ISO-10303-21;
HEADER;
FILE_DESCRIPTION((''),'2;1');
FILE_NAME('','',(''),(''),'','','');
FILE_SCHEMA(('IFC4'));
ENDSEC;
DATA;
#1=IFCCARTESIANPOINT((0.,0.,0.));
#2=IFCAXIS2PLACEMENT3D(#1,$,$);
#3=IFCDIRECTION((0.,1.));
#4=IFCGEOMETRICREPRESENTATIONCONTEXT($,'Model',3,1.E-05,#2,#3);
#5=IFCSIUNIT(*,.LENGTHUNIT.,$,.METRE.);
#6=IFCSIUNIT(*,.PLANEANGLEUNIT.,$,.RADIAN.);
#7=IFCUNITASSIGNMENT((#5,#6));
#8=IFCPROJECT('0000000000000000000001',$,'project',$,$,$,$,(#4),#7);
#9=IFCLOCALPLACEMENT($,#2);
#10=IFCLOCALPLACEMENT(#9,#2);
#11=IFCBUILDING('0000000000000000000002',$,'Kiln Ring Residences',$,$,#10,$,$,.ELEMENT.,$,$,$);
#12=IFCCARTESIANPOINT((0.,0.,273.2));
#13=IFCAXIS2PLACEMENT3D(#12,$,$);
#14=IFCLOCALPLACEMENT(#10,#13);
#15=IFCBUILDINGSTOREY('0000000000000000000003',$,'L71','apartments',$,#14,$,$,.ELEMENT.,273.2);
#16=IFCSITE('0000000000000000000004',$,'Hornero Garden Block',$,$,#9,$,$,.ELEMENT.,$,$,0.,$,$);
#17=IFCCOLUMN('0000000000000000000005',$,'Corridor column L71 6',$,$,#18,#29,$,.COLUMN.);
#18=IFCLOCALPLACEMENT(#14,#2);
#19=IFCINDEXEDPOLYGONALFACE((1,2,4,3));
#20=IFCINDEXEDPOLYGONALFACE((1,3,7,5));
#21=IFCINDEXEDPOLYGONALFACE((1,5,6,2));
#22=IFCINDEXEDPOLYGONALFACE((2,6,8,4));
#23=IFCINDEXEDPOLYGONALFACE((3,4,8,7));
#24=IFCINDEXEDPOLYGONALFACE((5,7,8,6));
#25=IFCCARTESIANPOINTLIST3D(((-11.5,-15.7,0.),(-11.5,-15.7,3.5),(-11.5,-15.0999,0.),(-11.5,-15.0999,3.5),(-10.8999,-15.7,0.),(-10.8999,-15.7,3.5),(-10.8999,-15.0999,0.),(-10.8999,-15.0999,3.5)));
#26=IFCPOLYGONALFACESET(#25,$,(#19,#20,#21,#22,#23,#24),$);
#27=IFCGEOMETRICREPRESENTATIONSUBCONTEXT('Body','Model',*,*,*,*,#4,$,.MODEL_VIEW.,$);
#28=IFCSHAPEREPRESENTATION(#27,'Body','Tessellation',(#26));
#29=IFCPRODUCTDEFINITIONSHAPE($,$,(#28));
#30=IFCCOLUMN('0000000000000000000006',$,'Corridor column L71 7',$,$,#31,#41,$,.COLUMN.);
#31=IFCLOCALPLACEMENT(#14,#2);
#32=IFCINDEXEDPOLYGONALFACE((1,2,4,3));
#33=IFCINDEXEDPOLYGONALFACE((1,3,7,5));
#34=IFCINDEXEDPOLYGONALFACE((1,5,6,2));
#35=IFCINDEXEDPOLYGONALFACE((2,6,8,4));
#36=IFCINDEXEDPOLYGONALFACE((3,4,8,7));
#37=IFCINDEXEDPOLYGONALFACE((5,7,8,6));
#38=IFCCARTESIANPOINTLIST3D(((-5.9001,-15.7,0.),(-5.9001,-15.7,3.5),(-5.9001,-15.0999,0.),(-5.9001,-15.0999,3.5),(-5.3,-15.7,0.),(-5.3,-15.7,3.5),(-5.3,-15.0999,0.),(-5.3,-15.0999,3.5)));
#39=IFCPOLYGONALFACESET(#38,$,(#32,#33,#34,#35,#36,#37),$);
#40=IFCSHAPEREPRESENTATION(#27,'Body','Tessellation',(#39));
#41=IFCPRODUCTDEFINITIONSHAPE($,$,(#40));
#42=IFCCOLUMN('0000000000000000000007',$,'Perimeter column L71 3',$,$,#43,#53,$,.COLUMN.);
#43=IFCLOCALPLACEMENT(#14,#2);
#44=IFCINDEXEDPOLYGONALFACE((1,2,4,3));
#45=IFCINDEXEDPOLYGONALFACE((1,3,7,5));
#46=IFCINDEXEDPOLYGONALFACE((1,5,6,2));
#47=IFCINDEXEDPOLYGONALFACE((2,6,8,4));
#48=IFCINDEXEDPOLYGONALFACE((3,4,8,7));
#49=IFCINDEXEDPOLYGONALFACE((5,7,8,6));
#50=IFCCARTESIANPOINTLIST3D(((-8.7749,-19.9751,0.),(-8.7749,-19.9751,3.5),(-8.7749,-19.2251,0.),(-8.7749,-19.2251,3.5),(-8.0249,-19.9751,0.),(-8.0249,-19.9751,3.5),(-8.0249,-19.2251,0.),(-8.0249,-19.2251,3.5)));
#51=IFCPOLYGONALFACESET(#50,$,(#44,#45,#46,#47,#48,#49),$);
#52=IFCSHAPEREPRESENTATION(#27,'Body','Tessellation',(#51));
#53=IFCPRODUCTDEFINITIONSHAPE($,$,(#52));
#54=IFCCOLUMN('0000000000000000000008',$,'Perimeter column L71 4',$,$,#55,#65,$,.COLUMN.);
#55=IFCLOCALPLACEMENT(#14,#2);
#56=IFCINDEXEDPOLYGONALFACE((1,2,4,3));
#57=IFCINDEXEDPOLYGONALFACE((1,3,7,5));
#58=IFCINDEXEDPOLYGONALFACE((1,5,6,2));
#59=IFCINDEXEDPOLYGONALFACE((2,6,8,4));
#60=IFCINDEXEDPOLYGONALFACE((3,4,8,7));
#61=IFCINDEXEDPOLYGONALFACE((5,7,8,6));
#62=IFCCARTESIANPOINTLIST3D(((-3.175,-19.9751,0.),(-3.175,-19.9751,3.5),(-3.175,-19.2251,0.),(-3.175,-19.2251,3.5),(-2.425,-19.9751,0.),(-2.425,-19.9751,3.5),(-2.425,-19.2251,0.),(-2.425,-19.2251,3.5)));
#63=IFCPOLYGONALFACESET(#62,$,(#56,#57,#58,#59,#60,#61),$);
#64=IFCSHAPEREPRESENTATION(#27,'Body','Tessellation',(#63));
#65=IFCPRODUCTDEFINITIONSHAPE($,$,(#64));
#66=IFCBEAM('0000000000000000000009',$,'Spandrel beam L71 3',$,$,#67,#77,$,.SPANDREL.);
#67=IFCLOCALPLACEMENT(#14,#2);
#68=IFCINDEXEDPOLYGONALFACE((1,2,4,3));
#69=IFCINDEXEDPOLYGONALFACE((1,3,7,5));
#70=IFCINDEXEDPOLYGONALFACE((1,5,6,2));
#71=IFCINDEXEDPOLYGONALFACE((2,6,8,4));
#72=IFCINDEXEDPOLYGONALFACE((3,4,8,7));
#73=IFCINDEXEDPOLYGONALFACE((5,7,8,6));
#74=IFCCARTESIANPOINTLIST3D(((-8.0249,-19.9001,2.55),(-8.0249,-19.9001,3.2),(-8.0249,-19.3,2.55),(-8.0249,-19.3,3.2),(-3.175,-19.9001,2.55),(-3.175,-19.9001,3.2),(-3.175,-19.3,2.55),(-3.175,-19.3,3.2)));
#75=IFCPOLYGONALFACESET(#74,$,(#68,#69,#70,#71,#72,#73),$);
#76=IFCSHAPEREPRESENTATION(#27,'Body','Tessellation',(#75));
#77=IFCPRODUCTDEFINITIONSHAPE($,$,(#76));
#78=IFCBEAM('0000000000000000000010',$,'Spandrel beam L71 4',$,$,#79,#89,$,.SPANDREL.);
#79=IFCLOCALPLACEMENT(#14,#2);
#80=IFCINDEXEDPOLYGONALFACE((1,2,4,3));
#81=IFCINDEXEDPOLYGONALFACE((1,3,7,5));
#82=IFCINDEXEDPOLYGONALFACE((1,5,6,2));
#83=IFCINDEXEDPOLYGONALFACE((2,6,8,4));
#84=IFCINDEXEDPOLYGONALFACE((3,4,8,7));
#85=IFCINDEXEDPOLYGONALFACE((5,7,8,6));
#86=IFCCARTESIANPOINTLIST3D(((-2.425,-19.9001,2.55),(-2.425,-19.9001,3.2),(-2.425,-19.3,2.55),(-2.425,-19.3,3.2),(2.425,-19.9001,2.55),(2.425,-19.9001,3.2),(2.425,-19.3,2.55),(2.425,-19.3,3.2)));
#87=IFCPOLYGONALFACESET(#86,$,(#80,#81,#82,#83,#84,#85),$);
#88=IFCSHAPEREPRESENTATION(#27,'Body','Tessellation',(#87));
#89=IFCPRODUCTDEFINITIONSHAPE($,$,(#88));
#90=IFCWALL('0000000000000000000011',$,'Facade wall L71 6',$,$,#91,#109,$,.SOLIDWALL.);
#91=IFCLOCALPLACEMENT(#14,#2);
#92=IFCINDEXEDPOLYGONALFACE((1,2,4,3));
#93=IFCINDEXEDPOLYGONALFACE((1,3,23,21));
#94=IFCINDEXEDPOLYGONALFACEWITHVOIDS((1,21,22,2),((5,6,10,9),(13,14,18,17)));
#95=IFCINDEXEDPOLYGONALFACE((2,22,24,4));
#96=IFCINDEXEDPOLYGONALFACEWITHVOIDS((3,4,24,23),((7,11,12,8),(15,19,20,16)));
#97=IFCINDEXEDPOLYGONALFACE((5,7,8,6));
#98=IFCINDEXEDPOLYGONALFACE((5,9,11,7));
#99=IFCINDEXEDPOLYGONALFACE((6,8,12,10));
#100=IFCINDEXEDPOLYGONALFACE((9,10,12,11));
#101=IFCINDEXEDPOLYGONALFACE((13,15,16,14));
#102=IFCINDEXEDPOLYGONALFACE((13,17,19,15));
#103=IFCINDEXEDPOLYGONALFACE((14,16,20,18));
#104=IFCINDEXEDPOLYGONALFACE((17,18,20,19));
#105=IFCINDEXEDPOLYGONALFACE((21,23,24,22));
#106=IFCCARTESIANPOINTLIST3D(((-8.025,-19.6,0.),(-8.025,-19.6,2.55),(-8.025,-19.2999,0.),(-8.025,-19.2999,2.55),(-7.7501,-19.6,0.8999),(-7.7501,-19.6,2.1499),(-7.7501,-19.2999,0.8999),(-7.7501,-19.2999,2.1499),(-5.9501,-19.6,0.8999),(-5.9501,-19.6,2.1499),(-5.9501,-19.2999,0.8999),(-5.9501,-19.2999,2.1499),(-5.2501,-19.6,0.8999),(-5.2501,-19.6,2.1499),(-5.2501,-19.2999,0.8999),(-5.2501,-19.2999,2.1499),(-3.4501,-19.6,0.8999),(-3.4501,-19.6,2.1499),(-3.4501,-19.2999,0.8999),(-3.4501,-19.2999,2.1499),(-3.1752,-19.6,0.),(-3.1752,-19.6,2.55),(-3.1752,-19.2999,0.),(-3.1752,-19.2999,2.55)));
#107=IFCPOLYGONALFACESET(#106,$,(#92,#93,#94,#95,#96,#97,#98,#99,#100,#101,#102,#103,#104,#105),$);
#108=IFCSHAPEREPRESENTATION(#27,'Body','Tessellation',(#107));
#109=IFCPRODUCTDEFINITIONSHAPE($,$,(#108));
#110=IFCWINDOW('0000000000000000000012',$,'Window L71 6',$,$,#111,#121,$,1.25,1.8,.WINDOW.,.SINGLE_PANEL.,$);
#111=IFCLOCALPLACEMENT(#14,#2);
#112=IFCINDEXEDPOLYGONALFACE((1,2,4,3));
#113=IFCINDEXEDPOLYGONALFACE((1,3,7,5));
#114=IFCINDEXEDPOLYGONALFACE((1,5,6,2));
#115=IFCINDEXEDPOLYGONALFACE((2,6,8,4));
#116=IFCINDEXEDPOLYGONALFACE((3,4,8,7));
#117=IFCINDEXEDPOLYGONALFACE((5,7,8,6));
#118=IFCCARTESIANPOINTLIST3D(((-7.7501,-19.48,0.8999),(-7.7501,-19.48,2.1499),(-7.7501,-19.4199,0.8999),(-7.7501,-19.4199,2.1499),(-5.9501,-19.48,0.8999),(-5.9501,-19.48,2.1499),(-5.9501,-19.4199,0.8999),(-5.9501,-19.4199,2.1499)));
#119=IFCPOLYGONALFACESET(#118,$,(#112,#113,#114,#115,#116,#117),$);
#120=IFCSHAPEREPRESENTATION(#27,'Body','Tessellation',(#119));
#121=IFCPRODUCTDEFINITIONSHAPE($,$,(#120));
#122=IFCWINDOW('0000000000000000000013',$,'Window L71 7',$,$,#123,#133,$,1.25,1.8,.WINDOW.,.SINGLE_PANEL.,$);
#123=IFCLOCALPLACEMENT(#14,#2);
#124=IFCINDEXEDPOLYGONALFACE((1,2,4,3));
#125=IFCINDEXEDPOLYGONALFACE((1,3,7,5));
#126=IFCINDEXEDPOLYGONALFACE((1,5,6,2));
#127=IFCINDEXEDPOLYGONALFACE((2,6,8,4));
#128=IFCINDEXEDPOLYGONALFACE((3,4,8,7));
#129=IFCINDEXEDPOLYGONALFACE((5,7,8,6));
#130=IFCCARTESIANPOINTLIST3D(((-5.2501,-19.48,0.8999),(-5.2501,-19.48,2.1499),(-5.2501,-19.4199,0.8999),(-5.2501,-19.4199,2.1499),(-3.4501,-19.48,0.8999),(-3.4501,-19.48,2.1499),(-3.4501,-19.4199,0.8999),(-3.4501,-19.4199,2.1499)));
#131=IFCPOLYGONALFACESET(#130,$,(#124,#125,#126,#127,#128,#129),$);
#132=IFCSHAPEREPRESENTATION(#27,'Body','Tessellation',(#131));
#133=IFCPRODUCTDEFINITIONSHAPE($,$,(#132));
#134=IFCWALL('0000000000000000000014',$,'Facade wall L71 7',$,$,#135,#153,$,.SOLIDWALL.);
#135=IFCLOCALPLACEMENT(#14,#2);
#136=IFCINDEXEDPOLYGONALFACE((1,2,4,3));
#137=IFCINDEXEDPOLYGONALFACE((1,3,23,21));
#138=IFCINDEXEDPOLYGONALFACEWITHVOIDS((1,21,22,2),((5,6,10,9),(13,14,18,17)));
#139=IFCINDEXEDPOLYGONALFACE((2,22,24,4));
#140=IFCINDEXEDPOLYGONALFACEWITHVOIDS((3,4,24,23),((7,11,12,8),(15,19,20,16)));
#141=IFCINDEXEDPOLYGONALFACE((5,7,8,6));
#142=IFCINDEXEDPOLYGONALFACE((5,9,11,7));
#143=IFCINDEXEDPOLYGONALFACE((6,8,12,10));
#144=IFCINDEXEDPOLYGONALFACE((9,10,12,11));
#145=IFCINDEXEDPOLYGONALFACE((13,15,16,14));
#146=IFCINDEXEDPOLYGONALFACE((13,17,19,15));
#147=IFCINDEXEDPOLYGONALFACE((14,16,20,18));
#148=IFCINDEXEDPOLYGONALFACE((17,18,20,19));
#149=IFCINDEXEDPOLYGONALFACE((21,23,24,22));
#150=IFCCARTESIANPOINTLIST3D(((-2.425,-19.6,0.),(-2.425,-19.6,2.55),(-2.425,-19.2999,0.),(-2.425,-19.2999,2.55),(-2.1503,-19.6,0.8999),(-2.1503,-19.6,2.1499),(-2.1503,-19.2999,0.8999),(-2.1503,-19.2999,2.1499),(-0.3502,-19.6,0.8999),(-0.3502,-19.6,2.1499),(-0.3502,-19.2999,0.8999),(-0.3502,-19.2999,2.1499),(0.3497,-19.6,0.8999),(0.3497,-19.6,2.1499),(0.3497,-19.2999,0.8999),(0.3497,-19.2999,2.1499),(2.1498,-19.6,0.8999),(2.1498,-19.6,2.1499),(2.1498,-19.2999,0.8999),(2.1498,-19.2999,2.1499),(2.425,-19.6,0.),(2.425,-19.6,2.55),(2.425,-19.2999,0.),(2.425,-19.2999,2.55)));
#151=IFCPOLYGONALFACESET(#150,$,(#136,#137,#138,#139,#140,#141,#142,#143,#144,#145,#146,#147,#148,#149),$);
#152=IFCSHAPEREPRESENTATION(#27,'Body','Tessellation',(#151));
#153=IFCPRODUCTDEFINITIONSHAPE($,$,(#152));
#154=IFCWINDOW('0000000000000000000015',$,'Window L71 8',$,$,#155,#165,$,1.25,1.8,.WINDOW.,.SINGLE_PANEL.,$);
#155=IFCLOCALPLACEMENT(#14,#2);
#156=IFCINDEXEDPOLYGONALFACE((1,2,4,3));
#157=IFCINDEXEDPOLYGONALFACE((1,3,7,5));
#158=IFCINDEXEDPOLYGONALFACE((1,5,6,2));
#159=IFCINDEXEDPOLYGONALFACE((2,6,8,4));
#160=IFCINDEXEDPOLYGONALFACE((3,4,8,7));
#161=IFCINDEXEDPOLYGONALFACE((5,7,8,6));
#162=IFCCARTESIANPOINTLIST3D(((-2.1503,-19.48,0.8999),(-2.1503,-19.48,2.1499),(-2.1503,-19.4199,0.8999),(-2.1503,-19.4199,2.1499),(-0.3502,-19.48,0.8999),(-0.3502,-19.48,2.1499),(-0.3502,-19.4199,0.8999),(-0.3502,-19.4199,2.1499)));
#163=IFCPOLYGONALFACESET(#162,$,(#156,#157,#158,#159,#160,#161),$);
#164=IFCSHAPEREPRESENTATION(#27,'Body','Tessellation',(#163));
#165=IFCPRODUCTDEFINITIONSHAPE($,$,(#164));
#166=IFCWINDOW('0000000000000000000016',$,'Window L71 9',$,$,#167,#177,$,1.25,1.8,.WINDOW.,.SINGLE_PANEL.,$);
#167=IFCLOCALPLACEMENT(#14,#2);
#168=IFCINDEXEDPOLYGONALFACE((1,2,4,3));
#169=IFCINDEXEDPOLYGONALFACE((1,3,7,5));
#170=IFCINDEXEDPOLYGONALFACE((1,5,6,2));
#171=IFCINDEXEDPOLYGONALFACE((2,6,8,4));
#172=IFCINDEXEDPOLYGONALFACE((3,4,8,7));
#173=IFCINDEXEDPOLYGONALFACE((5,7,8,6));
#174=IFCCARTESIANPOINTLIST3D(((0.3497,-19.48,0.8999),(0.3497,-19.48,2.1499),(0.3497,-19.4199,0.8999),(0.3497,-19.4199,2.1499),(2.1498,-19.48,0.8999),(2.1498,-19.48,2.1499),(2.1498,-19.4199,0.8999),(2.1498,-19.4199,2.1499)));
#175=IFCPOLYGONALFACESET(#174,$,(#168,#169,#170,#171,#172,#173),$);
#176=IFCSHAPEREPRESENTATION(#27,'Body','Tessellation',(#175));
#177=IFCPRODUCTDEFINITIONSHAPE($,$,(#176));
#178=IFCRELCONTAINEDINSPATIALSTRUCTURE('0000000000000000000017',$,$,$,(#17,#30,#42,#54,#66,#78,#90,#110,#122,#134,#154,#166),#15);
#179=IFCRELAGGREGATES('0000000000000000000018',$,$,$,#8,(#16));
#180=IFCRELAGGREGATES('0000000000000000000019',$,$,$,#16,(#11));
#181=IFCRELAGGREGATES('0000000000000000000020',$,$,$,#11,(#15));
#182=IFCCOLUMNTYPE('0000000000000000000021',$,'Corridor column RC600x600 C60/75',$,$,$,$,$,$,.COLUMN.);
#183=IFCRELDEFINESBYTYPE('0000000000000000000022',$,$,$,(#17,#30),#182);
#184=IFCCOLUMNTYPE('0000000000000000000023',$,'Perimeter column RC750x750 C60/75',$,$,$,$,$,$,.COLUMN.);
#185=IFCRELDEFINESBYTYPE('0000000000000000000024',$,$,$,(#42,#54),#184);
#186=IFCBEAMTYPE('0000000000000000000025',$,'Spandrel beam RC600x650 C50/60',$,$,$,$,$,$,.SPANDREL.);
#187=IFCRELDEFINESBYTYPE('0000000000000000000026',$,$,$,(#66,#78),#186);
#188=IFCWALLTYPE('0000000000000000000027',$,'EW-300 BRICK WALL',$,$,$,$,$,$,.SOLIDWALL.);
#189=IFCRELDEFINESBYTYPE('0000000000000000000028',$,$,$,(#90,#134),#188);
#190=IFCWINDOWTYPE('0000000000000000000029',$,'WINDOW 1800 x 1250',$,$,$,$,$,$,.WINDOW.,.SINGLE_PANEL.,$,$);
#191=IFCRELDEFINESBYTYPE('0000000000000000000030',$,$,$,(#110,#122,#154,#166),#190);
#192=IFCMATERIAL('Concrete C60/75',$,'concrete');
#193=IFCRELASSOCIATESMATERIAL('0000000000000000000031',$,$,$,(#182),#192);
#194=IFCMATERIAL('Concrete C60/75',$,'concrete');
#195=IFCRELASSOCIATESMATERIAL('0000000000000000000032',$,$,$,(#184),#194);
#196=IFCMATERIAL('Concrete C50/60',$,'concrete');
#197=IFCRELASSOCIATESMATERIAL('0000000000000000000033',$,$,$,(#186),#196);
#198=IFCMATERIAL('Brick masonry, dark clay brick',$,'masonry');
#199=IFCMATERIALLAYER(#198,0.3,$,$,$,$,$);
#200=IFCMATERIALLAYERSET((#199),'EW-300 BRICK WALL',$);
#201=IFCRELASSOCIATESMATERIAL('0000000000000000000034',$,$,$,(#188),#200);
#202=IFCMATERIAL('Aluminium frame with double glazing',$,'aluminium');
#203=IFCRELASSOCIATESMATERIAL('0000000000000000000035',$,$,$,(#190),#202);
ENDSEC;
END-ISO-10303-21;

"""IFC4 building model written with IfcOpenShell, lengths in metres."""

from ifc_helpers import new_model, si_unit, direction, frame, frame_2d, origin, origin_2d, place, context, subcontext, project, spatial, rectangle, extrude, material, layer, layer_set, material_profile, profile_set, type_object, element, fill, save


model = new_model("IFC4")

# Units and contexts
model_context = context("Model", 3, precision=1e-05, world=origin(), true_north=direction((0.0, 1.0)))
body_context = subcontext(model_context, "Body", "Model", "MODEL_VIEW")
ifc_project = project(units=[si_unit("LENGTHUNIT", "METRE"), si_unit("PLANEANGLEUNIT", "RADIAN")], contexts=[model_context])

# Site, building, storey
site_placement = place(None, origin())
site = spatial("IfcSite", under=ifc_project, at=site_placement, Name="Hornero Garden Block", CompositionType="ELEMENT", RefElevation=0.0)
building_placement = place(site_placement, origin())
building = spatial("IfcBuilding", under=site, at=building_placement, Name="Kiln Ring Residences", CompositionType="ELEMENT")
storey_placement = place(building_placement, frame((0.0, 0.0, 273.2)))
storey = spatial("IfcBuildingStorey", under=building, at=storey_placement, Name="L71", Description="apartments", CompositionType="ELEMENT", Elevation=273.2)

# Columns
ifc_material_1 = material(Name="Concrete C60/75", Category="concrete")
ifc_material_profile_1 = material_profile(ifc_material_1, rectangle(XDim=0.6001, YDim=0.6001, at=origin_2d()), Name="RC600x600")
ifc_profile_set_1 = profile_set([ifc_material_profile_1], Name="Concrete C60/75")
column_type_1 = type_object("IfcColumnType", Name="Corridor column RC600x600 C60/75", PredefinedType="COLUMN", material=ifc_profile_set_1)
for number, where, z_axis, x_axis, name in (
    (1, (-11.2, -15.3999, 0.0), (0.0, 0.0, 1.0), (1.0, 0.0, 0.0), "Corridor column L71 6"),
    (2, (-5.6001, -15.3999, 0.0), (0.0, 0.0, 1.0), (1.0, 0.0, 0.0), "Corridor column L71 7"),
):
    element("IfcColumn", number, at=place(storey_placement, frame(where, z_axis=z_axis, x_axis=x_axis)), inside=storey, type_object=column_type_1, Name=name, PredefinedType="COLUMN", context=body_context, shape_type="SweptSolid", body=[
        extrude(rectangle(XDim=0.6001, YDim=0.6001, at=origin_2d()), origin(), (0.0, 0.0, 1.0), 3.5),
    ])
ifc_material_2 = material(Name="Concrete C60/75", Category="concrete")
ifc_material_profile_2 = material_profile(ifc_material_2, rectangle(XDim=0.75, YDim=0.75, at=origin_2d()), Name="RC750x750")
ifc_profile_set_2 = profile_set([ifc_material_profile_2], Name="Concrete C60/75")
column_type_2 = type_object("IfcColumnType", Name="Perimeter column RC750x750 C60/75", PredefinedType="COLUMN", material=ifc_profile_set_2)
for number, where, z_axis, x_axis, name in (
    (3, (-8.3999, -19.6001, 0.0), (0.0, 0.0, 1.0), (1.0, 0.0, 0.0), "Perimeter column L71 3"),
    (4, (-2.8, -19.6001, 0.0), (0.0, 0.0, 1.0), (1.0, 0.0, 0.0), "Perimeter column L71 4"),
):
    element("IfcColumn", number, at=place(storey_placement, frame(where, z_axis=z_axis, x_axis=x_axis)), inside=storey, type_object=column_type_2, Name=name, PredefinedType="COLUMN", context=body_context, shape_type="SweptSolid", body=[
        extrude(rectangle(XDim=0.75, YDim=0.75, at=origin_2d()), origin(), (0.0, 0.0, 1.0), 3.5),
    ])

# Beams
ifc_material_3 = material(Name="Concrete C50/60", Category="concrete")
ifc_material_profile_3 = material_profile(ifc_material_3, rectangle(XDim=0.6001, YDim=0.6499, at=origin_2d()), Name="RC600x650")
ifc_profile_set_3 = profile_set([ifc_material_profile_3], Name="Concrete C50/60")
beam_type = type_object("IfcBeamType", Name="Spandrel beam RC600x650 C50/60", PredefinedType="SPANDREL", material=ifc_profile_set_3)
beam_1_placement = place(storey_placement, frame((-8.0249, -19.6001, 2.875), z_axis=(1.0, 0.0, 0.0), x_axis=(0.0, 1.0, 0.0)))
element("IfcBeam", 5, at=beam_1_placement, inside=storey, type_object=beam_type, Name="Spandrel beam L71 3", PredefinedType="SPANDREL", context=body_context, shape_type="SweptSolid", body=[
    extrude(rectangle(XDim=0.6001, YDim=0.6499, at=origin_2d()), origin(), (0.0, 0.0, 1.0), 4.8499),
])
beam_2_placement = place(storey_placement, frame((-2.425, -19.6001, 2.875), z_axis=(1.0, 0.0, 0.0), x_axis=(0.0, 1.0, 0.0)))
element("IfcBeam", 6, at=beam_2_placement, inside=storey, type_object=beam_type, Name="Spandrel beam L71 4", PredefinedType="SPANDREL", context=body_context, shape_type="SweptSolid", body=[
    extrude(rectangle(XDim=0.6001, YDim=0.6499, at=origin_2d()), origin(), (0.0, 0.0, 1.0), 4.8501),
])

# Walls, openings, windows
ifc_material_4 = material(Name="Brick masonry, dark clay brick", Category="masonry")
ifc_layer_1 = layer(ifc_material_4, 0.3)
ifc_layer_set_1 = layer_set([ifc_layer_1], Name="EW-300 BRICK WALL")
wall_type_1 = type_object("IfcWallType", Name="EW-300 BRICK WALL", PredefinedType="SOLIDWALL", material=ifc_layer_set_1)
wall_1_placement = place(storey_placement, frame((-8.0249, -19.45, 0.0), z_axis=(0.0, 0.0, 1.0), x_axis=(1.0, 0.0, 0.0)))
wall_1 = element("IfcWall", 7, at=wall_1_placement, inside=storey, type_object=wall_type_1, Name="Facade wall L71 6", PredefinedType="SOLIDWALL", context=body_context, shape_type="SweptSolid", body=[
    extrude(rectangle(XDim=4.8499, YDim=0.3, at=frame_2d((2.4248, 0.0))), origin(), (0.0, 0.0, 1.0), 2.55),
])
opening_1_placement = place(wall_1_placement, frame((0.2749, 0.0, 0.8999)))
opening_1 = element("IfcOpeningElement", 8, at=opening_1_placement, cuts=wall_1, PredefinedType="OPENING", context=body_context, shape_type="SweptSolid", body=[
    extrude(rectangle(XDim=1.8, YDim=1.25, at=frame_2d((0.8999, 0.625))), frame((0.0, 0.1599, 0.0), z_axis=(0.0, -1.0, 0.0), x_axis=(1.0, 0.0, 0.0)), (0.0, 0.0, 1.0), 0.3201),
])
opening_2_placement = place(wall_1_placement, frame((2.7749, 0.0, 0.8999)))
opening_2 = element("IfcOpeningElement", 9, at=opening_2_placement, cuts=wall_1, PredefinedType="OPENING", context=body_context, shape_type="SweptSolid", body=[
    extrude(rectangle(XDim=1.8, YDim=1.25, at=frame_2d((0.8999, 0.625))), frame((0.0, 0.1599, 0.0), z_axis=(0.0, -1.0, 0.0), x_axis=(1.0, 0.0, 0.0)), (0.0, 0.0, 1.0), 0.3201),
])
ifc_material_5 = material(Name="Aluminium frame with double glazing", Category="aluminium")
window_type = type_object("IfcWindowType", Name="WINDOW 1800 x 1250", PartitioningType="SINGLE_PANEL", PredefinedType="WINDOW", material=ifc_material_5)
window_1_placement = place(opening_1_placement, origin())
window_1 = element("IfcWindow", 10, at=window_1_placement, inside=storey, type_object=window_type, Name="Window L71 6", OverallHeight=1.25, OverallWidth=1.8, PartitioningType="SINGLE_PANEL", PredefinedType="WINDOW", context=body_context, shape_type="SweptSolid", body=[
    extrude(rectangle(XDim=1.8, YDim=1.25, at=frame_2d((0.8999, 0.625))), frame((0.0, 0.03, 0.0), z_axis=(0.0, -1.0, 0.0), x_axis=(1.0, 0.0, 0.0)), (0.0, 0.0, 1.0), 0.0601),
])
fill(opening_1, window_1)
window_2_placement = place(opening_2_placement, origin())
window_2 = element("IfcWindow", 11, at=window_2_placement, inside=storey, type_object=window_type, Name="Window L71 7", OverallHeight=1.25, OverallWidth=1.8, PartitioningType="SINGLE_PANEL", PredefinedType="WINDOW", context=body_context, shape_type="SweptSolid", body=[
    extrude(rectangle(XDim=1.8, YDim=1.25, at=frame_2d((0.8999, 0.625))), frame((0.0, 0.03, 0.0), z_axis=(0.0, -1.0, 0.0), x_axis=(1.0, 0.0, 0.0)), (0.0, 0.0, 1.0), 0.0601),
])
fill(opening_2, window_2)
wall_2_placement = place(storey_placement, frame((-2.425, -19.45, 0.0), z_axis=(0.0, 0.0, 1.0), x_axis=(1.0, 0.0, 0.0)))
wall_2 = element("IfcWall", 12, at=wall_2_placement, inside=storey, type_object=wall_type_1, Name="Facade wall L71 7", PredefinedType="SOLIDWALL", context=body_context, shape_type="SweptSolid", body=[
    extrude(rectangle(XDim=4.8501, YDim=0.3, at=frame_2d((2.425, 0.0))), origin(), (0.0, 0.0, 1.0), 2.55),
])
opening_3_placement = place(wall_2_placement, frame((0.2749, 0.0, 0.8999)))
opening_3 = element("IfcOpeningElement", 13, at=opening_3_placement, cuts=wall_2, PredefinedType="OPENING", context=body_context, shape_type="SweptSolid", body=[
    extrude(rectangle(XDim=1.8, YDim=1.25, at=frame_2d((0.8999, 0.625))), frame((0.0, 0.1599, 0.0), z_axis=(0.0, -1.0, 0.0), x_axis=(1.0, 0.0, 0.0)), (0.0, 0.0, 1.0), 0.3201),
])
opening_4_placement = place(wall_2_placement, frame((2.7749, 0.0, 0.8999)))
opening_4 = element("IfcOpeningElement", 14, at=opening_4_placement, cuts=wall_2, PredefinedType="OPENING", context=body_context, shape_type="SweptSolid", body=[
    extrude(rectangle(XDim=1.8, YDim=1.25, at=frame_2d((0.8999, 0.625))), frame((0.0, 0.1599, 0.0), z_axis=(0.0, -1.0, 0.0), x_axis=(1.0, 0.0, 0.0)), (0.0, 0.0, 1.0), 0.3201),
])
window_3_placement = place(opening_3_placement, origin())
window_3 = element("IfcWindow", 15, at=window_3_placement, inside=storey, type_object=window_type, Name="Window L71 8", OverallHeight=1.25, OverallWidth=1.8, PartitioningType="SINGLE_PANEL", PredefinedType="WINDOW", context=body_context, shape_type="SweptSolid", body=[
    extrude(rectangle(XDim=1.8, YDim=1.25, at=frame_2d((0.8999, 0.625))), frame((0.0, 0.03, 0.0), z_axis=(0.0, -1.0, 0.0), x_axis=(1.0, 0.0, 0.0)), (0.0, 0.0, 1.0), 0.0601),
])
fill(opening_3, window_3)
window_4_placement = place(opening_4_placement, origin())
window_4 = element("IfcWindow", 16, at=window_4_placement, inside=storey, type_object=window_type, Name="Window L71 9", OverallHeight=1.25, OverallWidth=1.8, PartitioningType="SINGLE_PANEL", PredefinedType="WINDOW", context=body_context, shape_type="SweptSolid", body=[
    extrude(rectangle(XDim=1.8, YDim=1.25, at=frame_2d((0.8999, 0.625))), frame((0.0, 0.03, 0.0), z_axis=(0.0, -1.0, 0.0), x_axis=(1.0, 0.0, 0.0)), (0.0, 0.0, 1.0), 0.0601),
])
fill(opening_4, window_4)

save(model, "model.ifc")
